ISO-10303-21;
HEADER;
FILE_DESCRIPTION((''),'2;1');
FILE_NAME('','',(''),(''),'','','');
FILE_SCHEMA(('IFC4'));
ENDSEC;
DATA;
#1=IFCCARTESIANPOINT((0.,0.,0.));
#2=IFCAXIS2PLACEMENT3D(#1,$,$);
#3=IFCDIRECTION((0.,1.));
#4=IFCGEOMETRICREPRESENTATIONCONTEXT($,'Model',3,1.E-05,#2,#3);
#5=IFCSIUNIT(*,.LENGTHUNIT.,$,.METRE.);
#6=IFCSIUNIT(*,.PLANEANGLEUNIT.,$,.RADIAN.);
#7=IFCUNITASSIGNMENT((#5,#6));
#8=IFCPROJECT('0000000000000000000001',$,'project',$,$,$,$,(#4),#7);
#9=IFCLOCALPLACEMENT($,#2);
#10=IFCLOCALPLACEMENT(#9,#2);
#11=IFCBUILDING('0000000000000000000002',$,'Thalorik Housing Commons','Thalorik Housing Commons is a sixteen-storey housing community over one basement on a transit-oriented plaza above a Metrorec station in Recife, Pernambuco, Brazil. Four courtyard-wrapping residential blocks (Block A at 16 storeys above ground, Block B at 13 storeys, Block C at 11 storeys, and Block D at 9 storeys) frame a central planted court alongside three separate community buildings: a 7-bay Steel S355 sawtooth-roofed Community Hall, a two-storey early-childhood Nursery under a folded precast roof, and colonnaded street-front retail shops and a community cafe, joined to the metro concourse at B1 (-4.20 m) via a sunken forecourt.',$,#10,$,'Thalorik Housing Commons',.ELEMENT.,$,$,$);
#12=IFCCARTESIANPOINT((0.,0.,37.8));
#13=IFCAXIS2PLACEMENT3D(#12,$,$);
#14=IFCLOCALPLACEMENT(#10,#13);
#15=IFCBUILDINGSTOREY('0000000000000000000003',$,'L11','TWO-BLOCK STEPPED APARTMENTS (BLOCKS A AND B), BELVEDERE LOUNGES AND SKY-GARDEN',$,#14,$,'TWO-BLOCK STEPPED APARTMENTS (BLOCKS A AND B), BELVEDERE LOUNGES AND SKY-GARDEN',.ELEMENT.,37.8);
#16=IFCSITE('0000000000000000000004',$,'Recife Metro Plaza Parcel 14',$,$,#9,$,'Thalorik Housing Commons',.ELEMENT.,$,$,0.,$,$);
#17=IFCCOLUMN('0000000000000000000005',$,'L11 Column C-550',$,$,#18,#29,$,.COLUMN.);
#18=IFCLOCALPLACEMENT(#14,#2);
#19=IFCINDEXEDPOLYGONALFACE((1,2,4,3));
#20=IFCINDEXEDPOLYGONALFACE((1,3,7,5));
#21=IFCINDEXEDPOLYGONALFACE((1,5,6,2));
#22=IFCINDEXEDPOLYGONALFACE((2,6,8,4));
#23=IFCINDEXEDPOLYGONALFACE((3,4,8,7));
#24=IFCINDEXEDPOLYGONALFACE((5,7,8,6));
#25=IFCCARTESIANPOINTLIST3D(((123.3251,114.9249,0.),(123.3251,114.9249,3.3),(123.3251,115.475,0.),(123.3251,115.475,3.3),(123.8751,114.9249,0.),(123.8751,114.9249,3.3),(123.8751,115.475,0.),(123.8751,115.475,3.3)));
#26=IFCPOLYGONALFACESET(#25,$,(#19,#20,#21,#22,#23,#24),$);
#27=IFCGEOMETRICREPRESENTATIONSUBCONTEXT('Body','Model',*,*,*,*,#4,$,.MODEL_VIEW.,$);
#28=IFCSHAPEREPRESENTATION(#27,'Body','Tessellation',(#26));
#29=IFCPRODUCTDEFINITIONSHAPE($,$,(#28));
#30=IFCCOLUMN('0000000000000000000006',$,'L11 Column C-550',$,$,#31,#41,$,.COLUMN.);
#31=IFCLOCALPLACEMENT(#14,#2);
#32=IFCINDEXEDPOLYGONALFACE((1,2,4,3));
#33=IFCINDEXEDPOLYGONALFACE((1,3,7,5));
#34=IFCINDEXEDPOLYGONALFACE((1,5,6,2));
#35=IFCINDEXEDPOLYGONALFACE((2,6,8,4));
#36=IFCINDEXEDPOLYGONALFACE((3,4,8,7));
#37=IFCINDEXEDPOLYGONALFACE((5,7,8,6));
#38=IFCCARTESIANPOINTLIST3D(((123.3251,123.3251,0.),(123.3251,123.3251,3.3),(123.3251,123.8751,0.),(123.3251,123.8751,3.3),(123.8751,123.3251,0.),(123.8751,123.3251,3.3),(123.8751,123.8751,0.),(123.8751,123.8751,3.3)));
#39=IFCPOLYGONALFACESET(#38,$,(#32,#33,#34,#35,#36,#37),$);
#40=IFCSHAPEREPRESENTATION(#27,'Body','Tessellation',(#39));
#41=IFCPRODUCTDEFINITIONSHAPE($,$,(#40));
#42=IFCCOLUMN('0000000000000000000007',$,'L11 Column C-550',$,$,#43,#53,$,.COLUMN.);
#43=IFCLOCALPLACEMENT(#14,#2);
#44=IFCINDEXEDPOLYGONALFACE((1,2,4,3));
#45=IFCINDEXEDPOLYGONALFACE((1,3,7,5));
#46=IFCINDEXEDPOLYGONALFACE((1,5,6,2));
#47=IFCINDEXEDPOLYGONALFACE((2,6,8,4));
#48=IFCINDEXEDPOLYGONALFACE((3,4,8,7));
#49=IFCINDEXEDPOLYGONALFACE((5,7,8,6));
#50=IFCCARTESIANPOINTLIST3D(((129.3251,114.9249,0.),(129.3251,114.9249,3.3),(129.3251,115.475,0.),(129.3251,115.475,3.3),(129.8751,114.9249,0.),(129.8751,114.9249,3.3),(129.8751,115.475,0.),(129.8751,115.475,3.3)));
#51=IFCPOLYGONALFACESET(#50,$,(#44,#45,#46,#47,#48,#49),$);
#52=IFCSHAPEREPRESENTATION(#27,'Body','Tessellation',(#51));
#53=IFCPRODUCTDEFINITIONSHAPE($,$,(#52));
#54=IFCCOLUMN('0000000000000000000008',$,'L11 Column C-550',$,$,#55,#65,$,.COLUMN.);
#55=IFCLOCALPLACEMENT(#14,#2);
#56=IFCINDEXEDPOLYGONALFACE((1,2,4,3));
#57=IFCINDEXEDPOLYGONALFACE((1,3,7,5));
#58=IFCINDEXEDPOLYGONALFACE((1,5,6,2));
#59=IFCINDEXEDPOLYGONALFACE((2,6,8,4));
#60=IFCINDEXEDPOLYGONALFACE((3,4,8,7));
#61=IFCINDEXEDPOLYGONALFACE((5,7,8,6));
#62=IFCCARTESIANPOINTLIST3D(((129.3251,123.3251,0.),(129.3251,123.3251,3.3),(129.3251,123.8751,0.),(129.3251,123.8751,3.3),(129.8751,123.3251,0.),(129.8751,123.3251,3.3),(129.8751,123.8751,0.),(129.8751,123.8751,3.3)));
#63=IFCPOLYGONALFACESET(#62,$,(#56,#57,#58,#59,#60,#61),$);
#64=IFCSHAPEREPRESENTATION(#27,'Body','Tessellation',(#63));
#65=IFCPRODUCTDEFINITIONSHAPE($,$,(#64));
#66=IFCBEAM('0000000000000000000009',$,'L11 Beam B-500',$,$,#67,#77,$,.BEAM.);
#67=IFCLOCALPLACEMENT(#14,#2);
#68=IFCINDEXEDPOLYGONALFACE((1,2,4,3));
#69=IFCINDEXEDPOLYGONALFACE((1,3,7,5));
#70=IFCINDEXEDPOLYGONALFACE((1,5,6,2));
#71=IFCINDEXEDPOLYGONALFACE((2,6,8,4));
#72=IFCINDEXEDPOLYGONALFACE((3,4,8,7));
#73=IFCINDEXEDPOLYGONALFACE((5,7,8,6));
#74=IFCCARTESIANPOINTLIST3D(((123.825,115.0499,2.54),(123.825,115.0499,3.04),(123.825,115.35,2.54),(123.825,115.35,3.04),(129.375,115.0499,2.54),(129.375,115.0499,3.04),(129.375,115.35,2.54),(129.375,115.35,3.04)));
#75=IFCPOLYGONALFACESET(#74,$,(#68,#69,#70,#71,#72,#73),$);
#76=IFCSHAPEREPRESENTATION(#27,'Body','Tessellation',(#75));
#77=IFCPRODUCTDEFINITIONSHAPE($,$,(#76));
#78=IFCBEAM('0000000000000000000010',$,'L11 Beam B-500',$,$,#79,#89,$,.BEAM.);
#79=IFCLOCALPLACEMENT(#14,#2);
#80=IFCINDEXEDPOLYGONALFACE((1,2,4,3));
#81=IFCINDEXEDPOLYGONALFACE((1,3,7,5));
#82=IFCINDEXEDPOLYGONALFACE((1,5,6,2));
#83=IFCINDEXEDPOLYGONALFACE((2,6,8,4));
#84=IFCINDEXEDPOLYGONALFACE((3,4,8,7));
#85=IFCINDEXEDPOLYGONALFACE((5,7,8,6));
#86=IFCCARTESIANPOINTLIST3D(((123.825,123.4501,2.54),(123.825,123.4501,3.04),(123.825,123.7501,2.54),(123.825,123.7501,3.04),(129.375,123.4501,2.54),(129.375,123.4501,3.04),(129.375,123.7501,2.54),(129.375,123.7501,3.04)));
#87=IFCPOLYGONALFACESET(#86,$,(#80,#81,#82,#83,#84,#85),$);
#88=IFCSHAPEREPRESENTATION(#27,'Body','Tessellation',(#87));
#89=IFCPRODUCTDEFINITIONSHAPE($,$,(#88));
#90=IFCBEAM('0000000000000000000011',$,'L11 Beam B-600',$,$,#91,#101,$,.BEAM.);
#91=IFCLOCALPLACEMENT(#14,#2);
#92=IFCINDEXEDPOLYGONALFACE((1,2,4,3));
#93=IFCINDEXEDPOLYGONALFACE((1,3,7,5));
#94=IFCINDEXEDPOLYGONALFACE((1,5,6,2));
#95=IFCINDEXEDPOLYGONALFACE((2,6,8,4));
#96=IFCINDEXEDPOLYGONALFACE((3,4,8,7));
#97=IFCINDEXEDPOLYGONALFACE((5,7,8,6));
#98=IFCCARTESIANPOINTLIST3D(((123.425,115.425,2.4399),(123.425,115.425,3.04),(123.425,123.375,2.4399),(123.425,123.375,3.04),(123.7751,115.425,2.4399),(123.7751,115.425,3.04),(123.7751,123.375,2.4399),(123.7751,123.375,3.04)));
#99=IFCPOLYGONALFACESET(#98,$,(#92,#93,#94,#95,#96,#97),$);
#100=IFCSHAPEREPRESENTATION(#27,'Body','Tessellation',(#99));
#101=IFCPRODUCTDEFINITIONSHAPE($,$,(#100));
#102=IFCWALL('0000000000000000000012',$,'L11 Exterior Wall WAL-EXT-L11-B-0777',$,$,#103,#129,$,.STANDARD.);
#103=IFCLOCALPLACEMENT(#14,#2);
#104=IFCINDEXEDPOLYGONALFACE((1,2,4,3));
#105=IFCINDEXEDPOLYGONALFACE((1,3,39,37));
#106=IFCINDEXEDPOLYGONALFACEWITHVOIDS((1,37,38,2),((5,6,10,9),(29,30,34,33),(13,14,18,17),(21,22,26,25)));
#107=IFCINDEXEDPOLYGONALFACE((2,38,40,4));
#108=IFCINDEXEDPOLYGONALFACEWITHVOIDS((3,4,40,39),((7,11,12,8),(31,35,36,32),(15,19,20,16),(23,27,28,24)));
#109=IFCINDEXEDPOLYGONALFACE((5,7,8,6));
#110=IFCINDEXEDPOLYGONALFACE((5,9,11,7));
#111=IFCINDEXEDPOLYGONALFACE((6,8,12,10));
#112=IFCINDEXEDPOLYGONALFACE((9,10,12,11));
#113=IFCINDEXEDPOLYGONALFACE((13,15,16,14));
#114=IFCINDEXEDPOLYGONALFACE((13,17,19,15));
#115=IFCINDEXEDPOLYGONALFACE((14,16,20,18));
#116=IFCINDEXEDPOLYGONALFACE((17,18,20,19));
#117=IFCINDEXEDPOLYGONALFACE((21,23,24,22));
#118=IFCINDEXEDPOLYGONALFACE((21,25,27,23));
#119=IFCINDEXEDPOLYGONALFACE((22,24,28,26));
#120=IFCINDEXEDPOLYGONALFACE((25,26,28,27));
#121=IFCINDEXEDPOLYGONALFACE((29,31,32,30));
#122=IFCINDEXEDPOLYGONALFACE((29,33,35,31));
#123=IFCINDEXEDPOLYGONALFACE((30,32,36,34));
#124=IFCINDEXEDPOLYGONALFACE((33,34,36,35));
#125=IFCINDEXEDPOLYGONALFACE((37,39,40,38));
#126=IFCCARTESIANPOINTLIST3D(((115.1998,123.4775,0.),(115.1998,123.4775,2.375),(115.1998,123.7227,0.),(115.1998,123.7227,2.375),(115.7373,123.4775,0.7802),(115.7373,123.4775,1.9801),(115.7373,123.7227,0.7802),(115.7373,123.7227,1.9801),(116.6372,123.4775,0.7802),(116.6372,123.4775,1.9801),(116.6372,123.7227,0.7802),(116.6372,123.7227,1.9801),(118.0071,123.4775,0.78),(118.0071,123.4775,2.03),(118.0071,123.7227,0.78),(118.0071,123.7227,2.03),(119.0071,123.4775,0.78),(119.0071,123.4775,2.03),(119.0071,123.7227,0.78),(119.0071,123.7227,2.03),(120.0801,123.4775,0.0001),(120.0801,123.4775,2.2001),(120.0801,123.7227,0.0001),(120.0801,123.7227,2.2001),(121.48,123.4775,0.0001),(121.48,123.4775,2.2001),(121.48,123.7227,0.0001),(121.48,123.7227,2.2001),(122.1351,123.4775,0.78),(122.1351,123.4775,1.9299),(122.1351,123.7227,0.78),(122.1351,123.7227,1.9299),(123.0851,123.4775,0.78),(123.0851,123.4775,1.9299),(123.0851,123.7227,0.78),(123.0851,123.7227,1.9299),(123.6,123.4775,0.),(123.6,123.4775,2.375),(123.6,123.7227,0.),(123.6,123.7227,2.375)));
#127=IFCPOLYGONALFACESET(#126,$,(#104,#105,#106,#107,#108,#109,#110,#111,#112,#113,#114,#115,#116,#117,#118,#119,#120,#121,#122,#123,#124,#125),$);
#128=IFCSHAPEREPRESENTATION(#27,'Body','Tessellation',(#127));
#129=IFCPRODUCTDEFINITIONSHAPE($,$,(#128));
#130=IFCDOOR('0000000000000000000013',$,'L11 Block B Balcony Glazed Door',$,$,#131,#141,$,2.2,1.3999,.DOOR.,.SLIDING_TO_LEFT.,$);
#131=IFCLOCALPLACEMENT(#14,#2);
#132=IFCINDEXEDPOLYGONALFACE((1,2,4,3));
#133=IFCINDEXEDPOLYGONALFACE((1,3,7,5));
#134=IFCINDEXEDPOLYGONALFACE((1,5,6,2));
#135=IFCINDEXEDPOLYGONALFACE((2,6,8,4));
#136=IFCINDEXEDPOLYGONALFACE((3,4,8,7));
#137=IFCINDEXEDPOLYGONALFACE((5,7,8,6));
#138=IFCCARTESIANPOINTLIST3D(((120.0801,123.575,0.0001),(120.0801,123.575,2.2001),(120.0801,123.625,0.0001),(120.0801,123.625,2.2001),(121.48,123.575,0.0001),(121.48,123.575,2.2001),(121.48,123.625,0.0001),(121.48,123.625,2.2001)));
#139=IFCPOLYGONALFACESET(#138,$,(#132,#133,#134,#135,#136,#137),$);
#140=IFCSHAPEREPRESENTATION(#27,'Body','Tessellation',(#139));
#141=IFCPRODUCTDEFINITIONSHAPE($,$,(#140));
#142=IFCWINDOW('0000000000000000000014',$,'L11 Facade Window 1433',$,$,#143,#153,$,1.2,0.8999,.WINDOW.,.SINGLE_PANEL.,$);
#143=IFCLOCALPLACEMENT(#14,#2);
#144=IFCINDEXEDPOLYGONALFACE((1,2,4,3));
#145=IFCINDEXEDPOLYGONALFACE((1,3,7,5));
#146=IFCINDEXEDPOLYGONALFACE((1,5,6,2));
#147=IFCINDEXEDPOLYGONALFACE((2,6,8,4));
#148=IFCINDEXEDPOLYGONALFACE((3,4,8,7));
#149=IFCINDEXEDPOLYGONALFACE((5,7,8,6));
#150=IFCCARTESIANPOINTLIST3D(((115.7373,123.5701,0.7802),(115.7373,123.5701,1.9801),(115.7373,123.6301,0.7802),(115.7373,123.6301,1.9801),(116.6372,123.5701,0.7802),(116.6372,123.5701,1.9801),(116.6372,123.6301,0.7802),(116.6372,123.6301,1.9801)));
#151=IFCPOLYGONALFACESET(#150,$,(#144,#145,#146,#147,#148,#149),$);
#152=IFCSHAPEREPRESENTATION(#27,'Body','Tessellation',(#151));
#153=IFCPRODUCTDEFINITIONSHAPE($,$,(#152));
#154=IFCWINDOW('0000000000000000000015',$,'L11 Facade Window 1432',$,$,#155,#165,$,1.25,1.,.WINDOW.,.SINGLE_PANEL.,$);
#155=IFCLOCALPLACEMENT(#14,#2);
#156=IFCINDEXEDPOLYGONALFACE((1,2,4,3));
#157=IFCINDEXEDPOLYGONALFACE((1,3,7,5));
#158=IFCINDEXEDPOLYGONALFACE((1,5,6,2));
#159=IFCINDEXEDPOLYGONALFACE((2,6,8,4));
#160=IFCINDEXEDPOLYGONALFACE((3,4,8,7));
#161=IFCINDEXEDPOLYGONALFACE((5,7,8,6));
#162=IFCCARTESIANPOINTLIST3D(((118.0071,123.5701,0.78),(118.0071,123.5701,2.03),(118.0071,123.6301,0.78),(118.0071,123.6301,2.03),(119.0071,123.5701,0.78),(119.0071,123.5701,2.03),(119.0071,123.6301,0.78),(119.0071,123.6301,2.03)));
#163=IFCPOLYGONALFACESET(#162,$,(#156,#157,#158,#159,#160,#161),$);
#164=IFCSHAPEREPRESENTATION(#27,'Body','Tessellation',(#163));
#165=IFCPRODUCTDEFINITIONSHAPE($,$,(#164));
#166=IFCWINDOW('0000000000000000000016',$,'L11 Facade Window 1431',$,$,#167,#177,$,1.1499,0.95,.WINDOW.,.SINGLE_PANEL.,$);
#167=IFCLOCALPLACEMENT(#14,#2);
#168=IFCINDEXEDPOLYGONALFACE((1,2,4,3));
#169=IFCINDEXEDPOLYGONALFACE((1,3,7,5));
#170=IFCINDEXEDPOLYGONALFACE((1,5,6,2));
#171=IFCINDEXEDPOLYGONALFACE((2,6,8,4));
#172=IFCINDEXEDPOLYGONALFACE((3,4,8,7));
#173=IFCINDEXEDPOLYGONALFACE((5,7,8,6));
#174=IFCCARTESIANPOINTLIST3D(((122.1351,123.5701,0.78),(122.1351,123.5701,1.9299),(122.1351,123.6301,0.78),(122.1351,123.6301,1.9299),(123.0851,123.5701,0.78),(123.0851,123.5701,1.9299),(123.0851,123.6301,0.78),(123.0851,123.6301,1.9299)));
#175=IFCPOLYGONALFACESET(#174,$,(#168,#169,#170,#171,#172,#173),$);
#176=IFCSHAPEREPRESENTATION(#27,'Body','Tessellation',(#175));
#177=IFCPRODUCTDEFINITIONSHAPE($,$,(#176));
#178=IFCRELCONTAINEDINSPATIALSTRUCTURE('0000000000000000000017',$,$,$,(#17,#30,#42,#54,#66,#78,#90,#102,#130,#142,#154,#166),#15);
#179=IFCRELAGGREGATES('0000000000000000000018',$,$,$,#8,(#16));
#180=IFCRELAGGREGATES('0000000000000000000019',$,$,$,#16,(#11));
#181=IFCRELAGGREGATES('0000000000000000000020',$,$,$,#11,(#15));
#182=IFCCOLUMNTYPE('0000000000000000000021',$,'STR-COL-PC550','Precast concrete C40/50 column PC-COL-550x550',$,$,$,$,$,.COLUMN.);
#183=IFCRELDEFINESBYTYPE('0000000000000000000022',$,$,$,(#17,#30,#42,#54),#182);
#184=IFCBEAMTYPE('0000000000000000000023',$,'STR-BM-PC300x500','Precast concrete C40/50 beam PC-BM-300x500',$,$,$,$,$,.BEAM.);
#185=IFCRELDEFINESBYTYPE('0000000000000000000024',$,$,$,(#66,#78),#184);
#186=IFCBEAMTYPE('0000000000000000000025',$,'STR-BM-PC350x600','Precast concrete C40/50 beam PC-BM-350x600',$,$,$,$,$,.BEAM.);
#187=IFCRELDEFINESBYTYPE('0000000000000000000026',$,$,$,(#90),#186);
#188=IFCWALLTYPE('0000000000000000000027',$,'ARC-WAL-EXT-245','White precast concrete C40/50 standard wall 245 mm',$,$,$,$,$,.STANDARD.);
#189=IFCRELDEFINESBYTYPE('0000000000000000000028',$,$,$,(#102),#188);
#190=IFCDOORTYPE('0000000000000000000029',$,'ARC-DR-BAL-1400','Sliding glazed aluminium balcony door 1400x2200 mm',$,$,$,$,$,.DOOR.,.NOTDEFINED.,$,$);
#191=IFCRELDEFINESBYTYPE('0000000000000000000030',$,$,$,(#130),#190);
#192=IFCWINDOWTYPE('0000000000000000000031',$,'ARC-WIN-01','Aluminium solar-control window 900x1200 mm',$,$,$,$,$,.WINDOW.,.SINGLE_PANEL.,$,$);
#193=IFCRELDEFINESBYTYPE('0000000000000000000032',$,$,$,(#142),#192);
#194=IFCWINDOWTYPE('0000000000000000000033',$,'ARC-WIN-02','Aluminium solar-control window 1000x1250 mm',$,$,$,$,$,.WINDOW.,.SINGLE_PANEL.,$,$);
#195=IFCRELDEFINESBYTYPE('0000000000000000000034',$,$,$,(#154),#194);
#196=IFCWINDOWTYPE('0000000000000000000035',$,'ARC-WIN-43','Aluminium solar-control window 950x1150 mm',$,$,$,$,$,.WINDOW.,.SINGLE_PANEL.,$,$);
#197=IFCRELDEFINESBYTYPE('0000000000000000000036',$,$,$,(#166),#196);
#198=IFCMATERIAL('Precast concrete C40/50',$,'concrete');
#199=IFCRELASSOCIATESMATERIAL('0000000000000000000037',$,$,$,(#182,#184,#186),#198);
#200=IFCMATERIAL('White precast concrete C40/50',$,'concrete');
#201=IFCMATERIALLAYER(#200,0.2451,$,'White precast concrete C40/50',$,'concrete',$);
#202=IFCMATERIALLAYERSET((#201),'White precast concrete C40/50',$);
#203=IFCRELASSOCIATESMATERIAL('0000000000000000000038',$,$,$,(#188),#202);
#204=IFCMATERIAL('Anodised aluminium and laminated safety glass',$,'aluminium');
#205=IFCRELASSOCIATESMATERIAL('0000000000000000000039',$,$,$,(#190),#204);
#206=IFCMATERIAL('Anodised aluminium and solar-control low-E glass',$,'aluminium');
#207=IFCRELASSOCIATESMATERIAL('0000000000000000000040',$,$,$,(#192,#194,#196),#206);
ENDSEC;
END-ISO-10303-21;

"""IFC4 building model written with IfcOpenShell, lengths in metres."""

from ifc_helpers import new_model, si_unit, direction, frame, frame_2d, origin, origin_2d, place, context, subcontext, project, spatial, rectangle, extrude, material, layer, layer_set, material_profile, profile_set, type_object, element, fill, save


model = new_model("IFC4")

# Units and contexts
model_context = context("Model", 3, precision=1e-05, world=origin(), true_north=direction((0.0, 1.0)))
body_context = subcontext(model_context, "Body", "Model", "MODEL_VIEW")
ifc_project = project(units=[si_unit("LENGTHUNIT", "METRE"), si_unit("PLANEANGLEUNIT", "RADIAN")], contexts=[model_context])

# Site, building, storey
site_placement = place(None, origin())
site = spatial("IfcSite", under=ifc_project, at=site_placement, Name="Recife Metro Plaza Parcel 14", LongName="Thalorik Housing Commons", CompositionType="ELEMENT", RefElevation=0.0)
building_placement = place(site_placement, origin())
building = spatial("IfcBuilding", under=site, at=building_placement, Name="Thalorik Housing Commons", Description="Thalorik Housing Commons is a sixteen-storey housing community over one basement on a transit-oriented plaza above a Metrorec station in Recife, Pernambuco, Brazil. Four courtyard-wrapping residential blocks (Block A at 16 storeys above ground, Block B at 13 storeys, Block C at 11 storeys, and Block D at 9 storeys) frame a central planted court alongside three separate community buildings: a 7-bay Steel S355 sawtooth-roofed Community Hall, a two-storey early-childhood Nursery under a folded precast roof, and colonnaded street-front retail shops and a community cafe, joined to the metro concourse at B1 (-4.20 m) via a sunken forecourt.", LongName="Thalorik Housing Commons", CompositionType="ELEMENT")
storey_placement = place(building_placement, frame((0.0, 0.0, 37.8)))
storey = spatial("IfcBuildingStorey", under=building, at=storey_placement, Name="L11", Description="TWO-BLOCK STEPPED APARTMENTS (BLOCKS A AND B), BELVEDERE LOUNGES AND SKY-GARDEN", LongName="TWO-BLOCK STEPPED APARTMENTS (BLOCKS A AND B), BELVEDERE LOUNGES AND SKY-GARDEN", CompositionType="ELEMENT", Elevation=37.8)

# Columns
ifc_material_1 = material(Name="Precast concrete C40/50", Category="concrete")
ifc_material_profile_1 = material_profile(ifc_material_1, rectangle(XDim=0.55, YDim=0.55, at=origin_2d()), Name="PC 550x550", Category="concrete")
ifc_profile_set_1 = profile_set([ifc_material_profile_1], Name="Precast concrete C40/50")
column_type = type_object("IfcColumnType", Name="STR-COL-PC550", Description="Precast concrete C40/50 column PC-COL-550x550", PredefinedType="COLUMN", material=ifc_profile_set_1)
for number, where, z_axis, x_axis, name in (
    (1, (123.6001, 115.2, 0.0), (0.0, 0.0, 1.0), (1.0, 0.0, 0.0), "L11 Column C-550"),
    (2, (123.6001, 123.6001, 0.0), (0.0, 0.0, 1.0), (1.0, 0.0, 0.0), "L11 Column C-550"),
    (3, (129.6001, 115.2, 0.0), (0.0, 0.0, 1.0), (1.0, 0.0, 0.0), "L11 Column C-550"),
    (4, (129.6001, 123.6001, 0.0), (0.0, 0.0, 1.0), (1.0, 0.0, 0.0), "L11 Column C-550"),
):
    element("IfcColumn", number, at=place(storey_placement, frame(where, z_axis=z_axis, x_axis=x_axis)), inside=storey, type_object=column_type, Name=name, PredefinedType="COLUMN", context=body_context, shape_type="SweptSolid", body=[
        extrude(rectangle(XDim=0.55, YDim=0.55, at=origin_2d()), origin(), (0.0, 0.0, 1.0), 3.3),
    ])

# Beams
ifc_material_profile_2 = material_profile(ifc_material_1, rectangle(XDim=0.3, YDim=0.5, at=origin_2d()), Name="PC 300x500", Category="concrete")
ifc_profile_set_2 = profile_set([ifc_material_profile_2], Name="Precast concrete C40/50")
beam_type_1 = type_object("IfcBeamType", Name="STR-BM-PC300x500", Description="Precast concrete C40/50 beam PC-BM-300x500", PredefinedType="BEAM", material=ifc_profile_set_2)
for number, where, z_axis, x_axis, name in (
    (5, (123.825, 115.2, 2.79), (1.0, 0.0, 0.0), (0.0, 1.0, 0.0), "L11 Beam B-500"),
    (6, (123.825, 123.6001, 2.79), (1.0, 0.0, 0.0), (0.0, 1.0, 0.0), "L11 Beam B-500"),
):
    element("IfcBeam", number, at=place(storey_placement, frame(where, z_axis=z_axis, x_axis=x_axis)), inside=storey, type_object=beam_type_1, Name=name, PredefinedType="BEAM", context=body_context, shape_type="SweptSolid", body=[
        extrude(rectangle(XDim=0.3, YDim=0.5, at=origin_2d()), origin(), (0.0, 0.0, 1.0), 5.55),
    ])
ifc_material_profile_3 = material_profile(ifc_material_1, rectangle(XDim=0.3501, YDim=0.6001, at=origin_2d()), Name="PC 350x600", Category="concrete")
ifc_profile_set_3 = profile_set([ifc_material_profile_3], Name="Precast concrete C40/50")
beam_type_2 = type_object("IfcBeamType", Name="STR-BM-PC350x600", Description="Precast concrete C40/50 beam PC-BM-350x600", PredefinedType="BEAM", material=ifc_profile_set_3)
beam_placement = place(storey_placement, frame((123.6001, 115.425, 2.74), z_axis=(0.0, 1.0, 0.0), x_axis=(-1.0, 0.0, 0.0)))
element("IfcBeam", 7, at=beam_placement, inside=storey, type_object=beam_type_2, Name="L11 Beam B-600", PredefinedType="BEAM", context=body_context, shape_type="SweptSolid", body=[
    extrude(rectangle(XDim=0.3501, YDim=0.6001, at=origin_2d()), origin(), (0.0, 0.0, 1.0), 7.95),
])

# Wall, openings, door, windows
ifc_material_2 = material(Name="White precast concrete C40/50", Category="concrete")
ifc_layer_1 = layer(ifc_material_2, 0.2451, Name="White precast concrete C40/50", Category="concrete")
ifc_layer_set_1 = layer_set([ifc_layer_1], Name="White precast concrete C40/50")
wall_type_1 = type_object("IfcWallType", Name="ARC-WAL-EXT-245", Description="White precast concrete C40/50 standard wall 245 mm", PredefinedType="STANDARD", material=ifc_layer_set_1)
wall_1_placement = place(storey_placement, frame((123.6001, 123.6001, 0.0), z_axis=(0.0, 0.0, 1.0), x_axis=(-1.0, 0.0, 0.0)))
wall_1 = element("IfcWall", 8, at=wall_1_placement, inside=storey, type_object=wall_type_1, Name="L11 Exterior Wall WAL-EXT-L11-B-0777", PredefinedType="STANDARD", context=body_context, shape_type="SweptSolid", body=[
    extrude(rectangle(XDim=8.4001, YDim=0.2451, at=frame_2d((4.2002, 0.0))), origin(), (0.0, 0.0, 1.0), 2.375),
])
opening_1_placement = place(wall_1_placement, frame((2.1201, 0.0, 0.0)))
opening_1 = element("IfcOpeningElement", 9, at=opening_1_placement, cuts=wall_1, PredefinedType="OPENING", context=body_context, shape_type="SweptSolid", body=[
    extrude(rectangle(XDim=1.3999, YDim=2.2, at=frame_2d((0.7, 1.1001))), frame((0.0, 0.1326, 0.0), z_axis=(0.0, -1.0, 0.0), x_axis=(1.0, 0.0, 0.0)), (0.0, 0.0, 1.0), 0.2651),
])
opening_2_placement = place(wall_1_placement, frame((0.5149, 0.0, 0.78)))
opening_2 = element("IfcOpeningElement", 10, at=opening_2_placement, cuts=wall_1, PredefinedType="OPENING", context=body_context, shape_type="SweptSolid", body=[
    extrude(rectangle(XDim=0.95, YDim=1.1499, at=frame_2d((0.4751, 0.575))), frame((0.0, 0.1326, 0.0), z_axis=(0.0, -1.0, 0.0), x_axis=(1.0, 0.0, 0.0)), (0.0, 0.0, 1.0), 0.2651),
])
opening_3_placement = place(wall_1_placement, frame((4.593, 0.0, 0.78)))
opening_3 = element("IfcOpeningElement", 11, at=opening_3_placement, cuts=wall_1, PredefinedType="OPENING", context=body_context, shape_type="SweptSolid", body=[
    extrude(rectangle(XDim=1.0, YDim=1.25, at=frame_2d((0.5, 0.625))), frame((0.0, 0.1326, 0.0), z_axis=(0.0, -1.0, 0.0), x_axis=(1.0, 0.0, 0.0)), (0.0, 0.0, 1.0), 0.2651),
])
opening_4_placement = place(wall_1_placement, frame((6.9629, 0.0, 0.78)))
opening_4 = element("IfcOpeningElement", 12, at=opening_4_placement, cuts=wall_1, PredefinedType="OPENING", context=body_context, shape_type="SweptSolid", body=[
    extrude(rectangle(XDim=0.8999, YDim=1.2, at=frame_2d((0.45, 0.6001))), frame((0.0, 0.1326, 0.0), z_axis=(0.0, -1.0, 0.0), x_axis=(1.0, 0.0, 0.0)), (0.0, 0.0, 1.0), 0.2651),
])
ifc_material_3 = material(Name="Anodised aluminium and laminated safety glass", Category="aluminium")
door_type_1 = type_object("IfcDoorType", Name="ARC-DR-BAL-1400", Description="Sliding glazed aluminium balcony door 1400x2200 mm", OperationType="NOTDEFINED", PredefinedType="DOOR", material=ifc_material_3)
door_1_placement = place(opening_1_placement, frame((1.3999, 0.0, 0.0), z_axis=(0.0, 0.0, 1.0), x_axis=(-1.0, 0.0, 0.0)))
door_1 = element("IfcDoor", 13, at=door_1_placement, inside=storey, type_object=door_type_1, Name="L11 Block B Balcony Glazed Door", OperationType="SLIDING_TO_LEFT", OverallHeight=2.2, OverallWidth=1.3999, PredefinedType="DOOR", context=body_context, shape_type="SweptSolid", body=[
    extrude(rectangle(XDim=1.3999, YDim=2.2, at=frame_2d((0.7, 1.1001))), frame((0.0, 0.0249, 0.0), z_axis=(0.0, -1.0, 0.0), x_axis=(1.0, 0.0, 0.0)), (0.0, 0.0, 1.0), 0.05),
])
fill(opening_1, door_1)
ifc_material_4 = material(Name="Anodised aluminium and solar-control low-E glass", Category="aluminium")
window_type_1 = type_object("IfcWindowType", Name="ARC-WIN-01", Description="Aluminium solar-control window 900x1200 mm", PartitioningType="SINGLE_PANEL", PredefinedType="WINDOW", material=ifc_material_4)
window_1_placement = place(opening_4_placement, origin())
window_1 = element("IfcWindow", 14, at=window_1_placement, inside=storey, type_object=window_type_1, Name="L11 Facade Window 1433", OverallHeight=1.2, OverallWidth=0.8999, PartitioningType="SINGLE_PANEL", PredefinedType="WINDOW", context=body_context, shape_type="SweptSolid", body=[
    extrude(rectangle(XDim=0.8999, YDim=1.2, at=frame_2d((0.45, 0.6001))), frame((0.0, 0.03, 0.0), z_axis=(0.0, -1.0, 0.0), x_axis=(1.0, 0.0, 0.0)), (0.0, 0.0, 1.0), 0.0601),
])
fill(opening_4, window_1)
window_type_2 = type_object("IfcWindowType", Name="ARC-WIN-02", Description="Aluminium solar-control window 1000x1250 mm", PartitioningType="SINGLE_PANEL", PredefinedType="WINDOW", material=ifc_material_4)
window_2_placement = place(opening_3_placement, origin())
window_2 = element("IfcWindow", 15, at=window_2_placement, inside=storey, type_object=window_type_2, Name="L11 Facade Window 1432", OverallHeight=1.25, OverallWidth=1.0, PartitioningType="SINGLE_PANEL", PredefinedType="WINDOW", context=body_context, shape_type="SweptSolid", body=[
    extrude(rectangle(XDim=1.0, YDim=1.25, at=frame_2d((0.5, 0.625))), frame((0.0, 0.03, 0.0), z_axis=(0.0, -1.0, 0.0), x_axis=(1.0, 0.0, 0.0)), (0.0, 0.0, 1.0), 0.0601),
])
fill(opening_3, window_2)
window_type_3 = type_object("IfcWindowType", Name="ARC-WIN-43", Description="Aluminium solar-control window 950x1150 mm", PartitioningType="SINGLE_PANEL", PredefinedType="WINDOW", material=ifc_material_4)
window_3_placement = place(opening_2_placement, origin())
window_3 = element("IfcWindow", 16, at=window_3_placement, inside=storey, type_object=window_type_3, Name="L11 Facade Window 1431", OverallHeight=1.1499, OverallWidth=0.95, PartitioningType="SINGLE_PANEL", PredefinedType="WINDOW", context=body_context, shape_type="SweptSolid", body=[
    extrude(rectangle(XDim=0.95, YDim=1.1499, at=frame_2d((0.4751, 0.575))), frame((0.0, 0.03, 0.0), z_axis=(0.0, -1.0, 0.0), x_axis=(1.0, 0.0, 0.0)), (0.0, 0.0, 1.0), 0.0601),
])
fill(opening_2, window_3)

save(model, "model.ifc")
